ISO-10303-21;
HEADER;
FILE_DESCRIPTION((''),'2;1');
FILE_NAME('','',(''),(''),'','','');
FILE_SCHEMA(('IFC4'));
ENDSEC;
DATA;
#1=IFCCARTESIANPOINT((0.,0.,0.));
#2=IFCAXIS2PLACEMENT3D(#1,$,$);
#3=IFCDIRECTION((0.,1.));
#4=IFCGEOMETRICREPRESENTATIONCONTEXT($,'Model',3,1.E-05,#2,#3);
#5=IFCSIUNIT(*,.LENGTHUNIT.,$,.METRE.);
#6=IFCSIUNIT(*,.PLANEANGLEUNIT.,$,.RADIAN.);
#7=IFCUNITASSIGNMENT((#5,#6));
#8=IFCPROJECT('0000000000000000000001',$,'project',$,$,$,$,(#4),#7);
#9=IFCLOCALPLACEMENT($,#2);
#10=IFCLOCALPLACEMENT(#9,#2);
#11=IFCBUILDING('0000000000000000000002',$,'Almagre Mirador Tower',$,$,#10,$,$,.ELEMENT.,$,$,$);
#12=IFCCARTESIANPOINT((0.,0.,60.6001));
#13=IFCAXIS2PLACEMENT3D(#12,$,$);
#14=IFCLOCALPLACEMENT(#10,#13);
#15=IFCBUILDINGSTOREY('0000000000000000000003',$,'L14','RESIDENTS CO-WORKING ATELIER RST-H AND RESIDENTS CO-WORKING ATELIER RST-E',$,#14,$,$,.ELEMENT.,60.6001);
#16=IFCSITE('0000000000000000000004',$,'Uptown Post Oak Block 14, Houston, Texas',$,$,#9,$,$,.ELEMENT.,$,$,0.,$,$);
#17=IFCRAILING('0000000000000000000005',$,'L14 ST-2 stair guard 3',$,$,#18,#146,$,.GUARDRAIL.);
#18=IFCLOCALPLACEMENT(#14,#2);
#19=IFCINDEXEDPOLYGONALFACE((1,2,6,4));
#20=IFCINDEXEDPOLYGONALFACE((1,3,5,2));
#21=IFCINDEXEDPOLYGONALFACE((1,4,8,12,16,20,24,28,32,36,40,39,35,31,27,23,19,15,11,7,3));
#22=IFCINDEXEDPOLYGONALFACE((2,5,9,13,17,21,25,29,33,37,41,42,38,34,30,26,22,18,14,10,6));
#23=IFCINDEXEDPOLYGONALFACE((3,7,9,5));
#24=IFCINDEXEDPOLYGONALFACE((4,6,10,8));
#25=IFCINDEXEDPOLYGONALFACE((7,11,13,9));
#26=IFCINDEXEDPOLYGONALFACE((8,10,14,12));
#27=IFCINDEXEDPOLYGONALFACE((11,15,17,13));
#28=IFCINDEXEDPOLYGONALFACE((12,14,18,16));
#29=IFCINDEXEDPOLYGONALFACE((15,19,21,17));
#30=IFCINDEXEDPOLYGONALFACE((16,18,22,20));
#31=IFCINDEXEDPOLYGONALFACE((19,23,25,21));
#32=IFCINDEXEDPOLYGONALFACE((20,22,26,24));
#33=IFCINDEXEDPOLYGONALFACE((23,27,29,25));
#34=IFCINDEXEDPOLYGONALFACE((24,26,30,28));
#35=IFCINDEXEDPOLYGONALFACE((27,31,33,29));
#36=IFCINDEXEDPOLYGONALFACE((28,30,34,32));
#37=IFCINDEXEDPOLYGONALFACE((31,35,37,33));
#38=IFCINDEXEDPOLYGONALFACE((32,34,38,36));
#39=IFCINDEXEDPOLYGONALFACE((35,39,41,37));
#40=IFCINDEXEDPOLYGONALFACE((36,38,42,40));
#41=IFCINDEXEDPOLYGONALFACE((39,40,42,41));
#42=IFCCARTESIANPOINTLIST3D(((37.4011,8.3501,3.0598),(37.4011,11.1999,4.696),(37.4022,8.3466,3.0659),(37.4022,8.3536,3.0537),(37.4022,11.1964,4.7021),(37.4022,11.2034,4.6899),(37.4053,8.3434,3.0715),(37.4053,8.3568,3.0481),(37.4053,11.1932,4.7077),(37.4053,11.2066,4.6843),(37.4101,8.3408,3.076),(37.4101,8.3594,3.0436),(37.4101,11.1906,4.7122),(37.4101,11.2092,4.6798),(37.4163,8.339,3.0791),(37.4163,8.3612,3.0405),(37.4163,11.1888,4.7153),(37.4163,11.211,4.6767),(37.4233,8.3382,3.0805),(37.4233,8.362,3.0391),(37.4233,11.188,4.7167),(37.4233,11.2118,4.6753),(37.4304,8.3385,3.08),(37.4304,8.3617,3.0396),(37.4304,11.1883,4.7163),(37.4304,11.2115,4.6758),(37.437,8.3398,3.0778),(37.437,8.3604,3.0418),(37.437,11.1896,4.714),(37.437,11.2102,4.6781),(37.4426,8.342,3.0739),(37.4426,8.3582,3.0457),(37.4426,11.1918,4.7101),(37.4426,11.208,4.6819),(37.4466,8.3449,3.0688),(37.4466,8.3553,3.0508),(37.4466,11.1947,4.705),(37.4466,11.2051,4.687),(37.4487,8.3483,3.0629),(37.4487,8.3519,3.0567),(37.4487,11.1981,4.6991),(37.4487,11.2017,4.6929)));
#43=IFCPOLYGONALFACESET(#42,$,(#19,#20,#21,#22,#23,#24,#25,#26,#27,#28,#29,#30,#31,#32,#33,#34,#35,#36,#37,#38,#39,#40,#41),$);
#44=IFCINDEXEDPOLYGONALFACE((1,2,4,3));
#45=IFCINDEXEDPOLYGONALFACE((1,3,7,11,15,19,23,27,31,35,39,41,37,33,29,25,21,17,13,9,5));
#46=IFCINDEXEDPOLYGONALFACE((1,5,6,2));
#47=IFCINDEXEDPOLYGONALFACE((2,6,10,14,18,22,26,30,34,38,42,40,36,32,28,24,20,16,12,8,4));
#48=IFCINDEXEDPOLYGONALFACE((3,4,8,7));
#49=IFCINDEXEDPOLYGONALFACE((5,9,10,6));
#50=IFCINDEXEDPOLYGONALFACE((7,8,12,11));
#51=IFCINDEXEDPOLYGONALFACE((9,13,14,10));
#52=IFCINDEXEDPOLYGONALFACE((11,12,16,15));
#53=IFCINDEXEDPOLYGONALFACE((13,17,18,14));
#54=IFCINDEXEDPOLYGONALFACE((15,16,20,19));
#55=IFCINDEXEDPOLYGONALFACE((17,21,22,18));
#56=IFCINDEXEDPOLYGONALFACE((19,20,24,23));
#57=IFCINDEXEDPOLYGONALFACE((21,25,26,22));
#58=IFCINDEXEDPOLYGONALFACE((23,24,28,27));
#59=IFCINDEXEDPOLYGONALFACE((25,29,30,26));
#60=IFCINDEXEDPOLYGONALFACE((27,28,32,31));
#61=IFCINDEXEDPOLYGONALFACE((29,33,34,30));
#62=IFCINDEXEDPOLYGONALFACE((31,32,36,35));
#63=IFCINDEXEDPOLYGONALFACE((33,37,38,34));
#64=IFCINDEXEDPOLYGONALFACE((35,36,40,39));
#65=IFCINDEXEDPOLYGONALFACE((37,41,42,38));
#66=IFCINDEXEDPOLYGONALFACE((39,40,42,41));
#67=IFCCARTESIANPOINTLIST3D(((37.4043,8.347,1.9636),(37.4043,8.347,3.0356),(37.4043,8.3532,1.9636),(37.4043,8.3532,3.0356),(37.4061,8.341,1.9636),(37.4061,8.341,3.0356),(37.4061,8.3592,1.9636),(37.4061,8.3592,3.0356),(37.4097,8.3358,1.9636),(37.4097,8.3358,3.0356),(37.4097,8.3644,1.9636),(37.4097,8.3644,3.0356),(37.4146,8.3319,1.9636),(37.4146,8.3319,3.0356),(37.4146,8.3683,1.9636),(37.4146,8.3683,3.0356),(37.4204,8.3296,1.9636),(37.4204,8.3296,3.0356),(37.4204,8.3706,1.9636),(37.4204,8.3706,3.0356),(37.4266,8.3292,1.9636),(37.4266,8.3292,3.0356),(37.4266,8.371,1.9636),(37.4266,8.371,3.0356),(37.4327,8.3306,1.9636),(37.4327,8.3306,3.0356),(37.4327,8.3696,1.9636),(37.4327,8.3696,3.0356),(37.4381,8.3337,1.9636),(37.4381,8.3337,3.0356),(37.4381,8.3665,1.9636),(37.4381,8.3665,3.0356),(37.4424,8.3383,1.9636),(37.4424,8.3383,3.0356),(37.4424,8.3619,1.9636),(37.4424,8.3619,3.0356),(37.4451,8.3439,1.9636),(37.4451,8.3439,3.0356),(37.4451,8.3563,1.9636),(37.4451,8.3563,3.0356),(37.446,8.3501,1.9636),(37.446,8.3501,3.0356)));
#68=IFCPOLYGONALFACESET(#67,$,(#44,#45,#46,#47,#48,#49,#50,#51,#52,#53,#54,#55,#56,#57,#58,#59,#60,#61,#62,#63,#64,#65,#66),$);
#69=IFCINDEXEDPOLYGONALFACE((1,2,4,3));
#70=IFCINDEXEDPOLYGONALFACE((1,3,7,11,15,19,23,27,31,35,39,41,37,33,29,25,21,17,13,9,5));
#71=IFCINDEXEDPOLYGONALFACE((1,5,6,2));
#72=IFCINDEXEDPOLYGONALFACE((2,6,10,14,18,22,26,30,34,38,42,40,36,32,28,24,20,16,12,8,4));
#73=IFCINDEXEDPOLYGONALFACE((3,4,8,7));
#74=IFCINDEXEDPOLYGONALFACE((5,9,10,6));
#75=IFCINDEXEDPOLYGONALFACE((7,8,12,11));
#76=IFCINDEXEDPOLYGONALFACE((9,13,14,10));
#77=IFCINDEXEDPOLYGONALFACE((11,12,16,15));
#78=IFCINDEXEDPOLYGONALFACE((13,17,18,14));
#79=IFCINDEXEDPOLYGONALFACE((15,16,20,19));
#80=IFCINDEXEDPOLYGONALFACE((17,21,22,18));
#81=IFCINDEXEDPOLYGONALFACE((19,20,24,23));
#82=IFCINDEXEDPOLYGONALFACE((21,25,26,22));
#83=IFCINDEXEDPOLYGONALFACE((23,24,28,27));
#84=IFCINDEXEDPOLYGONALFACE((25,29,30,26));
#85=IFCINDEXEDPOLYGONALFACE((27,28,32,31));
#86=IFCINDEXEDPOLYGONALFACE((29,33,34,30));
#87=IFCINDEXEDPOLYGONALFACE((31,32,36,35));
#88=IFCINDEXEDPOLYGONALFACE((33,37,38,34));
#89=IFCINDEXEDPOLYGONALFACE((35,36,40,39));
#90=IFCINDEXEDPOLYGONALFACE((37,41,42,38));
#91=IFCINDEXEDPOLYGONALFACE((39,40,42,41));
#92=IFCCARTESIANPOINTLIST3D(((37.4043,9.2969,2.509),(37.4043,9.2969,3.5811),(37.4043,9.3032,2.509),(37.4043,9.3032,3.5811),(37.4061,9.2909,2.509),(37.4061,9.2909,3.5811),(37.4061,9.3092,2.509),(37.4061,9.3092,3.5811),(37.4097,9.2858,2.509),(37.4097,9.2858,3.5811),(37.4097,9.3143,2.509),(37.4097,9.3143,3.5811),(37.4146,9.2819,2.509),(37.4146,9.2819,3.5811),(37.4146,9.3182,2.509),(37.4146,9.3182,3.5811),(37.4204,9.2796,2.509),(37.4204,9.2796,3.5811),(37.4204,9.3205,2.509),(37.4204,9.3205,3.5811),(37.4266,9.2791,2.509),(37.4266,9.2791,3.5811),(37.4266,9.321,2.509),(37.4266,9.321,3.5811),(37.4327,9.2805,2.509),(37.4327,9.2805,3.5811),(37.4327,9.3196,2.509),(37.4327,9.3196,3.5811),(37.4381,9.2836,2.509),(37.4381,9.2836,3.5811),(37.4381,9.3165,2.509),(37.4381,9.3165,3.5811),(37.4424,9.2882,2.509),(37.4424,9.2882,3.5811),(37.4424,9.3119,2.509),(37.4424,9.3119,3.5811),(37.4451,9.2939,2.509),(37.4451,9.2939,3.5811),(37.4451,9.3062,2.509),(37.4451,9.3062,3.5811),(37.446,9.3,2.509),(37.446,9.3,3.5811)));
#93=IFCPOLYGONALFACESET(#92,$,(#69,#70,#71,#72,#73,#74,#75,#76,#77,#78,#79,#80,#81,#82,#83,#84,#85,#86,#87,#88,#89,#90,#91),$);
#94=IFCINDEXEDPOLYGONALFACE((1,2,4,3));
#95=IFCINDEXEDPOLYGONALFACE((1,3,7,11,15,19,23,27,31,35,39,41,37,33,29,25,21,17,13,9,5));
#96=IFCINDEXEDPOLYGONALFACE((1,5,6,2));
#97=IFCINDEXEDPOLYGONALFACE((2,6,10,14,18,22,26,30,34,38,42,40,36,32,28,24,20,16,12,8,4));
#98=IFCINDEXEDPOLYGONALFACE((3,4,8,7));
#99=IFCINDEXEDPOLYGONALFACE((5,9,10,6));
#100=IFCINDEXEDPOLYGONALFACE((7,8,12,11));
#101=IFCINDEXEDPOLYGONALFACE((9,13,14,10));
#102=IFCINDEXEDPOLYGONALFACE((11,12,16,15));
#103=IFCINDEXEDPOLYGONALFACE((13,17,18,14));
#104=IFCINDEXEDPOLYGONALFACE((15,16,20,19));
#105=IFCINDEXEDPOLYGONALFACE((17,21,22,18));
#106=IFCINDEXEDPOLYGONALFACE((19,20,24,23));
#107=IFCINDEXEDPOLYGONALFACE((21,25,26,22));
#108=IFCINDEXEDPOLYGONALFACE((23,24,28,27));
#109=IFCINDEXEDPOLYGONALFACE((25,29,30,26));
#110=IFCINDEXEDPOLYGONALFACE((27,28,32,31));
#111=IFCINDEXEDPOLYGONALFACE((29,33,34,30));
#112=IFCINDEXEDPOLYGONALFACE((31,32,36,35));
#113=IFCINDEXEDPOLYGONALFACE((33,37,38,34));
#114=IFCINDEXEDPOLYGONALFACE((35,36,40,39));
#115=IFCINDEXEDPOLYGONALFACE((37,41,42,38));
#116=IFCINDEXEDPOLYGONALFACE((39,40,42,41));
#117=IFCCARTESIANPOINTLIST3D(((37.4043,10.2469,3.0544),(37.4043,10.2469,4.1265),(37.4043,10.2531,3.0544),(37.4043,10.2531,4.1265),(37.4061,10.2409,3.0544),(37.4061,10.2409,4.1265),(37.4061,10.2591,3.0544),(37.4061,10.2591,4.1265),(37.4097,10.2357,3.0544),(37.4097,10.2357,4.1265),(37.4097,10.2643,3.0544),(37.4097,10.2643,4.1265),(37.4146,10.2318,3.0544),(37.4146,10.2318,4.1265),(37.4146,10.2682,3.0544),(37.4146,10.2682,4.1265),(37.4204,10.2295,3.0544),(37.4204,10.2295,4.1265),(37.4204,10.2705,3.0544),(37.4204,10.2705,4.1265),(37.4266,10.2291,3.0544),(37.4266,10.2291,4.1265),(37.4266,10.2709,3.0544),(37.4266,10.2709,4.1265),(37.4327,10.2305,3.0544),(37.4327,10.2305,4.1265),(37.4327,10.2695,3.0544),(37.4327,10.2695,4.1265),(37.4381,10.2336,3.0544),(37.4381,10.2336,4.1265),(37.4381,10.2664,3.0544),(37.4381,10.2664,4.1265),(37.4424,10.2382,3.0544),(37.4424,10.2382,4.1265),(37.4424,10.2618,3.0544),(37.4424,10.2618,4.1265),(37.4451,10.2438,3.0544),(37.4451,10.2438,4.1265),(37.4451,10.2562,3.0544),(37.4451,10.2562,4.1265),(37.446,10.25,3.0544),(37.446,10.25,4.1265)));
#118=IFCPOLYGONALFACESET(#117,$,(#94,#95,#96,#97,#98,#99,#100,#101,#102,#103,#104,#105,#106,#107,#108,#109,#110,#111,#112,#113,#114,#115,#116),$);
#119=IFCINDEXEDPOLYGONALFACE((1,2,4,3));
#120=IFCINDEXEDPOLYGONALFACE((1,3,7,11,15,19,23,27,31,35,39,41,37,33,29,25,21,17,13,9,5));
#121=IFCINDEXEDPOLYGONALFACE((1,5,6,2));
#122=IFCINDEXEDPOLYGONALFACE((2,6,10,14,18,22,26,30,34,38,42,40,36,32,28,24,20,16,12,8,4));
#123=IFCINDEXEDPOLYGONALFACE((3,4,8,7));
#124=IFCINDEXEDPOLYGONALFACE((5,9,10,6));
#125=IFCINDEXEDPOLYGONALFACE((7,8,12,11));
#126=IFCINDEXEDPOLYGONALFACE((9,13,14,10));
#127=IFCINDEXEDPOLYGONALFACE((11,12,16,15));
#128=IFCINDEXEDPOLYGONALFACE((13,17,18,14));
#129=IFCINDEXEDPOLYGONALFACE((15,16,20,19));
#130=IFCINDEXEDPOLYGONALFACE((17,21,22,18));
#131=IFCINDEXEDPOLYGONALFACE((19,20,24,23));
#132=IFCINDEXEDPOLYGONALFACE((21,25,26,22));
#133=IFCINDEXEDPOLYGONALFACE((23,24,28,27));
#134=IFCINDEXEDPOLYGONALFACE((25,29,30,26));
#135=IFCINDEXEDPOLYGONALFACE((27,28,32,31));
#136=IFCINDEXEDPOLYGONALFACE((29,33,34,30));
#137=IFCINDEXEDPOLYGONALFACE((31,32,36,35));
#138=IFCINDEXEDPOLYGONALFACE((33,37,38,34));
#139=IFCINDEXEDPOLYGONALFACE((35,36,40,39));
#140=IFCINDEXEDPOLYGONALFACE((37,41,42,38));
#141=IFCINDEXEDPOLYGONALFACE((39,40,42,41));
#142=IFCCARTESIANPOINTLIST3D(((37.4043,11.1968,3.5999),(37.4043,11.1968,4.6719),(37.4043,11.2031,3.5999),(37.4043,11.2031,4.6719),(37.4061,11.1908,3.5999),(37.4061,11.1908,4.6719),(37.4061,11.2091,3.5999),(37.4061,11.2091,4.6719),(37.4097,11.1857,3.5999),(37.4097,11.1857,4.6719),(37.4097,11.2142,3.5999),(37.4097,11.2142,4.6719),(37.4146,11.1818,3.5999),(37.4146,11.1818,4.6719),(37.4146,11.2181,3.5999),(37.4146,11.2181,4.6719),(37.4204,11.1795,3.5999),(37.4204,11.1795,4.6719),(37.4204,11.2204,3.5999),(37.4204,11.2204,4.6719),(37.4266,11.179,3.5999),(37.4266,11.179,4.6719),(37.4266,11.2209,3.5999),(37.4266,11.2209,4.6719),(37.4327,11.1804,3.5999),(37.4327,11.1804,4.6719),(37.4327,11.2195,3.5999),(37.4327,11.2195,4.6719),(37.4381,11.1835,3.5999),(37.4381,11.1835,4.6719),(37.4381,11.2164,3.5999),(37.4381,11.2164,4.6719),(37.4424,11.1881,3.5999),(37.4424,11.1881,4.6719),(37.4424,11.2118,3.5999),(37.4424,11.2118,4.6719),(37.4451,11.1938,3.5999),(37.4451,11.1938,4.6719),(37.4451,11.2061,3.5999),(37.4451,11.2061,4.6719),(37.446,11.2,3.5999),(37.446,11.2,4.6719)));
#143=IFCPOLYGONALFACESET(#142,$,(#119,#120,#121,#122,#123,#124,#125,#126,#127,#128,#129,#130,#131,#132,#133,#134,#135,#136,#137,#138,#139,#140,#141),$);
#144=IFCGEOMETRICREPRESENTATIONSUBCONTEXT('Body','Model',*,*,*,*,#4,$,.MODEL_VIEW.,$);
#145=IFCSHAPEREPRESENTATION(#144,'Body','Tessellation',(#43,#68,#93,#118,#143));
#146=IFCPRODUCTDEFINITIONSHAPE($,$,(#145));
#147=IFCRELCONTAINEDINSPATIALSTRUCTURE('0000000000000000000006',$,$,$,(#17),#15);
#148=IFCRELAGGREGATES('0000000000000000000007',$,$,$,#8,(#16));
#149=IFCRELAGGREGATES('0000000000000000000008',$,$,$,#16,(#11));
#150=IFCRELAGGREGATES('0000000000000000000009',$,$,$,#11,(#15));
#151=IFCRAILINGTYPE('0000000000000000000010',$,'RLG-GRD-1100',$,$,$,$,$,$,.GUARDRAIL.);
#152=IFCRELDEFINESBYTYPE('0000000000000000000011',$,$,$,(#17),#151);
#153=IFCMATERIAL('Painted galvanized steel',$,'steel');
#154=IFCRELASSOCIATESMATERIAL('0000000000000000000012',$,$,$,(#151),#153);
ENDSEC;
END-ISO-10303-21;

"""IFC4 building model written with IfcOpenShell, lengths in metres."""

from ifc_helpers import new_model, si_unit, direction, frame, origin, origin_2d, place, context, subcontext, project, spatial, circle, extrude, material, type_object, element, save


model = new_model("IFC4")

# Units and contexts
model_context = context("Model", 3, precision=1e-05, world=origin(), true_north=direction((0.0, 1.0)))
body_context = subcontext(model_context, "Body", "Model", "MODEL_VIEW")
ifc_project = project(units=[si_unit("LENGTHUNIT", "METRE"), si_unit("PLANEANGLEUNIT", "RADIAN")], contexts=[model_context])

# Site, building, storey
site_placement = place(None, origin())
site = spatial("IfcSite", under=ifc_project, at=site_placement, Name="Uptown Post Oak Block 14, Houston, Texas", CompositionType="ELEMENT", RefElevation=0.0)
building_placement = place(site_placement, origin())
building = spatial("IfcBuilding", under=site, at=building_placement, Name="Almagre Mirador Tower", CompositionType="ELEMENT")
storey_placement = place(building_placement, frame((0.0, 0.0, 60.6001)))
storey = spatial("IfcBuildingStorey", under=building, at=storey_placement, Name="L14", Description="RESIDENTS CO-WORKING ATELIER RST-H AND RESIDENTS CO-WORKING ATELIER RST-E", CompositionType="ELEMENT", Elevation=60.6001)

# Railing
ifc_material_1 = material(Name="Painted galvanized steel", Category="steel")
railing_type_1 = type_object("IfcRailingType", Name="RLG-GRD-1100", PredefinedType="GUARDRAIL", material=ifc_material_1)
railing_1_placement = place(storey_placement, frame((37.425, 8.3501, 1.9636)))
element("IfcRailing", 1, at=railing_1_placement, inside=storey, type_object=railing_type_1, Name="L14 ST-2 stair guard 3", PredefinedType="GUARDRAIL", context=body_context, shape_type="SweptSolid", body=[
    extrude(circle(Radius=0.0239, at=origin_2d()), frame((0.0, 0.0, 1.0962), z_axis=(0.0, 0.867226, 0.497914), x_axis=(-1.0, 0.0, 0.0)), (0.0, 0.0, 1.0), 3.2861),
    extrude(circle(Radius=0.021, at=origin_2d()), origin(), (0.0, 0.0, 1.0), 1.072),
    extrude(circle(Radius=0.021, at=origin_2d()), frame((0.0, 0.95, 0.5454)), (0.0, 0.0, 1.0), 1.072),
    extrude(circle(Radius=0.021, at=origin_2d()), frame((0.0, 1.8999, 1.0908)), (0.0, 0.0, 1.0), 1.072),
    extrude(circle(Radius=0.021, at=origin_2d()), frame((0.0, 2.8499, 1.6362)), (0.0, 0.0, 1.0), 1.072),
])

save(model, "model.ifc")
